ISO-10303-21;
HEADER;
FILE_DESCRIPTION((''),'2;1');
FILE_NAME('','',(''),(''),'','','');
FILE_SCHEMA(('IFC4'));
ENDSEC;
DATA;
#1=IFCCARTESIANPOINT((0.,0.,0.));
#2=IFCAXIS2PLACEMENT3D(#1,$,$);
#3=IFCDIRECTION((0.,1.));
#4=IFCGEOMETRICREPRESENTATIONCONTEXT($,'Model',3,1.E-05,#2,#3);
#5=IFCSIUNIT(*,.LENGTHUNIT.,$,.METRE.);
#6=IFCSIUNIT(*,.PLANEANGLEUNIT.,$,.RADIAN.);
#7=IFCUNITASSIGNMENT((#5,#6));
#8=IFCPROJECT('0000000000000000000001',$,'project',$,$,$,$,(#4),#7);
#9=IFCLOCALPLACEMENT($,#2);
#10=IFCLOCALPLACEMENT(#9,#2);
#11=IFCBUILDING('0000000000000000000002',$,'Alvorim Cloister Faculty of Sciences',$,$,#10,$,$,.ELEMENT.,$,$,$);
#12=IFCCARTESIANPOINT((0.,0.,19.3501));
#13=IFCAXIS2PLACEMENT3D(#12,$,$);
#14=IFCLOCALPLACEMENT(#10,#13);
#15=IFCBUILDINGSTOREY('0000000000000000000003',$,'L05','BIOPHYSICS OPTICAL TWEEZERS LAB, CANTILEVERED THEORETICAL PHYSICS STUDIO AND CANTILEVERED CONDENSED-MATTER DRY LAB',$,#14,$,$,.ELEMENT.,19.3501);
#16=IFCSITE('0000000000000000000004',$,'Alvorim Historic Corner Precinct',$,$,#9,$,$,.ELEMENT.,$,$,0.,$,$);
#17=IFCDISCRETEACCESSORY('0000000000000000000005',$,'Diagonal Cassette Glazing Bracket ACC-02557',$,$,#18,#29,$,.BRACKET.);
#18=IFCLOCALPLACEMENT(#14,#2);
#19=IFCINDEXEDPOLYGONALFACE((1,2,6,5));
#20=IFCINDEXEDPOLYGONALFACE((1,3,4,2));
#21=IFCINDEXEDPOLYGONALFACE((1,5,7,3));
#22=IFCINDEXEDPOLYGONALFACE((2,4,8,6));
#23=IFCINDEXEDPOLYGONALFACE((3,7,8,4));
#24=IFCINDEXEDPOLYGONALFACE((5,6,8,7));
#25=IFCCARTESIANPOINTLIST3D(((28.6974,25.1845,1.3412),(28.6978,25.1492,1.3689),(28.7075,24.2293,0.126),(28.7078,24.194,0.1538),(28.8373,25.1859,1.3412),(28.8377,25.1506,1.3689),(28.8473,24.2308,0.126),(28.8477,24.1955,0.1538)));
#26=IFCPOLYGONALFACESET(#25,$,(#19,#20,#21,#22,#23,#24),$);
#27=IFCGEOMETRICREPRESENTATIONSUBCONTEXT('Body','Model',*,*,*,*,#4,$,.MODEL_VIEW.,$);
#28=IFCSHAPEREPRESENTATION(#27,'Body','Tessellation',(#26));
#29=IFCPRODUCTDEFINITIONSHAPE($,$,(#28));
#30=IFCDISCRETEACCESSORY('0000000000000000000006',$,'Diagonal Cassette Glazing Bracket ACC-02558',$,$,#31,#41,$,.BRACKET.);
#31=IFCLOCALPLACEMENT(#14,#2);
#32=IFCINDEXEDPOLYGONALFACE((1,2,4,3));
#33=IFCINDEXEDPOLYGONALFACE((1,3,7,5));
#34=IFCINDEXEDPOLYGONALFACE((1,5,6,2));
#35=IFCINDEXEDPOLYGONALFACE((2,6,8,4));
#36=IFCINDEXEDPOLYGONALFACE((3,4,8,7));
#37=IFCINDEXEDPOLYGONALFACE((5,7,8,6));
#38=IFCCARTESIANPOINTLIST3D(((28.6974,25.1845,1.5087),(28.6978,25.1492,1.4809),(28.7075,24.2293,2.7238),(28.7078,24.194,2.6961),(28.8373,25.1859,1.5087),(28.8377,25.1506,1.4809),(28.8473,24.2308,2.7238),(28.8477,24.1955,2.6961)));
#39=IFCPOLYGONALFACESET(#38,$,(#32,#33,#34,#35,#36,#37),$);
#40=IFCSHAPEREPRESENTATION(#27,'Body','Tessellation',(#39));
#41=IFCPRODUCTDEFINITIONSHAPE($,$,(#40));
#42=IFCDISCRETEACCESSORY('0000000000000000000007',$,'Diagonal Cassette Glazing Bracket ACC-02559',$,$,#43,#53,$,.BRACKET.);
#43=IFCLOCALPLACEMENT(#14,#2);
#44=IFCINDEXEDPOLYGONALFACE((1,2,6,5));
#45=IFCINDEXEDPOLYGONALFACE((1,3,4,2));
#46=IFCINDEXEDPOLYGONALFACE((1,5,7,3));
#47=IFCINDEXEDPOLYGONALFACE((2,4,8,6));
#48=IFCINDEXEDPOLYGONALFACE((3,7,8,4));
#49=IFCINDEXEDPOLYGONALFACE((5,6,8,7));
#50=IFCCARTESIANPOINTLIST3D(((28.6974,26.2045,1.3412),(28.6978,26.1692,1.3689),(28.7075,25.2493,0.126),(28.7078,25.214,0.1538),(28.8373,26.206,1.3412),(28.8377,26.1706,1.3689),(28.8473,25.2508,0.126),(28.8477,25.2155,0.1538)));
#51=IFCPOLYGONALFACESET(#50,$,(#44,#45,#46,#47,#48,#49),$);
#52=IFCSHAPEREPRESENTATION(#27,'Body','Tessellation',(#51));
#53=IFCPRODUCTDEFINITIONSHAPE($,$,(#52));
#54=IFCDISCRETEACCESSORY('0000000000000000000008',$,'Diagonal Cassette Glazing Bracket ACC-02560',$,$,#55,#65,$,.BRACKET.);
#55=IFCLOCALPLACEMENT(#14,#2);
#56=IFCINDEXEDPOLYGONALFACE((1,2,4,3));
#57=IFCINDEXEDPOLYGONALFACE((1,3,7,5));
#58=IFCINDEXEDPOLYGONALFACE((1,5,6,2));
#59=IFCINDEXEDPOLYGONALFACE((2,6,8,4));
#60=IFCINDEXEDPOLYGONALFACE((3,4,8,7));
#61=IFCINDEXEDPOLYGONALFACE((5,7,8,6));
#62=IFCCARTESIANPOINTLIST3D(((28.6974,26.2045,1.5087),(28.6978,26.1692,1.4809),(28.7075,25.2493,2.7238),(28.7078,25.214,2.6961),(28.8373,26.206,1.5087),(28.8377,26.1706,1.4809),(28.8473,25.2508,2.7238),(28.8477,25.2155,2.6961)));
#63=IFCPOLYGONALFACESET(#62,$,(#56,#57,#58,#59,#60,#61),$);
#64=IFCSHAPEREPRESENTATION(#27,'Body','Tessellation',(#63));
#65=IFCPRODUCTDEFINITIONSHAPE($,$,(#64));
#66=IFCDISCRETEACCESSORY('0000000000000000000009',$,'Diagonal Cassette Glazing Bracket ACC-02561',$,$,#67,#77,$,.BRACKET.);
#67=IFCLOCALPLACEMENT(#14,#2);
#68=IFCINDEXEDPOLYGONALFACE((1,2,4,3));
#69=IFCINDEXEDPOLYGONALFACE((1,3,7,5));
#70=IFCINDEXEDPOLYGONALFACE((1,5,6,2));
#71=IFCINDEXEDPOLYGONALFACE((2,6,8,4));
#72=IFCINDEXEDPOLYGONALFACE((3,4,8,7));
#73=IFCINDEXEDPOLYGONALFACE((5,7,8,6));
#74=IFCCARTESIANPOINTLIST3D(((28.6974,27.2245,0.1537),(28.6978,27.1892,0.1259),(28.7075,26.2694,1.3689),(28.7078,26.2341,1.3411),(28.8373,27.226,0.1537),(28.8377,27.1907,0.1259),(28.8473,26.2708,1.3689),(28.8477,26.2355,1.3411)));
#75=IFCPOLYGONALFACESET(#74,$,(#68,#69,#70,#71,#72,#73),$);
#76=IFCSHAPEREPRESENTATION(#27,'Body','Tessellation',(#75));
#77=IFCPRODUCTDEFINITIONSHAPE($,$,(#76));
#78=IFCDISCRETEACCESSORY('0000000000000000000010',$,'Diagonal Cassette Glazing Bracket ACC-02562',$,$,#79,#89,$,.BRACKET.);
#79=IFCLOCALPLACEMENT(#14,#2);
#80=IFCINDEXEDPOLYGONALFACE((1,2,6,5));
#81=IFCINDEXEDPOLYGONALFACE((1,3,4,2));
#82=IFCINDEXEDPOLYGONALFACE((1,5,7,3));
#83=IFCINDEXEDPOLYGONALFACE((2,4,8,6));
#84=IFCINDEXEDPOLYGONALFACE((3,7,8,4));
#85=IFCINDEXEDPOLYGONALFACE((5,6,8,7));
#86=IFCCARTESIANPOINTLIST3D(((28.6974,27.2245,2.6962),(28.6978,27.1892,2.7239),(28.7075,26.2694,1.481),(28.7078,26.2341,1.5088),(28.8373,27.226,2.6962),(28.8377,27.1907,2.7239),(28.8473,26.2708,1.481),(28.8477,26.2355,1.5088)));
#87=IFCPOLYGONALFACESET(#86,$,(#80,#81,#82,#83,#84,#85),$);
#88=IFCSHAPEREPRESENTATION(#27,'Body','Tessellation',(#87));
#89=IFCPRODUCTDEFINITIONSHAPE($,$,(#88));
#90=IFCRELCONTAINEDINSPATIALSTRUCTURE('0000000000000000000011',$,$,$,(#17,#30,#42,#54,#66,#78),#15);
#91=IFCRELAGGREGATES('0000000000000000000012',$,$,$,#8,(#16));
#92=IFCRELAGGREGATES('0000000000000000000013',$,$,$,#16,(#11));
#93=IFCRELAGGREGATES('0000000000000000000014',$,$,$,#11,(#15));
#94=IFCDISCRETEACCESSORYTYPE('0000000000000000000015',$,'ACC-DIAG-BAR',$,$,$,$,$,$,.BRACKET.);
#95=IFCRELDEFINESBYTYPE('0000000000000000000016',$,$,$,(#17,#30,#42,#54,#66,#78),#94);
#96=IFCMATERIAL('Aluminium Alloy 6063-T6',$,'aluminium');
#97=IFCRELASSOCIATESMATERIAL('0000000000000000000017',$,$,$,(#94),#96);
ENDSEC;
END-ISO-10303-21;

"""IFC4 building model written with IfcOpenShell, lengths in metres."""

from ifc_helpers import new_model, si_unit, direction, frame, origin, origin_2d, place, context, subcontext, project, spatial, rectangle, extrude, material, type_object, element, save


model = new_model("IFC4")

# Units and contexts
model_context = context("Model", 3, precision=1e-05, world=origin(), true_north=direction((0.0, 1.0)))
body_context = subcontext(model_context, "Body", "Model", "MODEL_VIEW")
ifc_project = project(units=[si_unit("LENGTHUNIT", "METRE"), si_unit("PLANEANGLEUNIT", "RADIAN")], contexts=[model_context])

# Site, building, storey
site_placement = place(None, origin())
site = spatial("IfcSite", under=ifc_project, at=site_placement, Name="Alvorim Historic Corner Precinct", CompositionType="ELEMENT", RefElevation=0.0)
building_placement = place(site_placement, origin())
building = spatial("IfcBuilding", under=site, at=building_placement, Name="Alvorim Cloister Faculty of Sciences", CompositionType="ELEMENT")
storey_placement = place(building_placement, frame((0.0, 0.0, 19.3501)))
storey = spatial("IfcBuildingStorey", under=building, at=storey_placement, Name="L05", Description="BIOPHYSICS OPTICAL TWEEZERS LAB, CANTILEVERED THEORETICAL PHYSICS STUDIO AND CANTILEVERED CONDENSED-MATTER DRY LAB", CompositionType="ELEMENT", Elevation=19.3501)

# Shared definitions
ifc_material_1 = material(Name="Aluminium Alloy 6063-T6", Category="aluminium")

# Discrete accessories
discrete_accessory_type = type_object("IfcDiscreteAccessoryType", Name="ACC-DIAG-BAR", PredefinedType="BRACKET", material=ifc_material_1)
for number, where, z_axis, x_axis, name in (
    (1, (28.7776, 24.2124, 0.1399), (-0.006477, 0.617955, 0.786187), (-0.999945, -0.01048, 0.0), "Diagonal Cassette Glazing Bracket ACC-02557"),
    (2, (28.7776, 24.2124, 2.71), (-0.006477, 0.617955, -0.786187), (-0.999945, -0.01048, 0.0), "Diagonal Cassette Glazing Bracket ACC-02558"),
    (3, (28.7776, 25.2324, 0.1399), (-0.006477, 0.617955, 0.786187), (-0.999945, -0.01048, 0.0), "Diagonal Cassette Glazing Bracket ACC-02559"),
    (4, (28.7776, 25.2324, 2.71), (-0.006477, 0.617955, -0.786187), (-0.999945, -0.01048, 0.0), "Diagonal Cassette Glazing Bracket ACC-02560"),
    (5, (28.7776, 26.2524, 1.355), (-0.006477, 0.617955, -0.786187), (-0.999945, -0.01048, 0.0), "Diagonal Cassette Glazing Bracket ACC-02561"),
    (6, (28.7776, 26.2524, 1.4949), (-0.006477, 0.617955, 0.786187), (-0.999945, -0.01048, 0.0), "Diagonal Cassette Glazing Bracket ACC-02562"),
):
    element("IfcDiscreteAccessory", number, at=place(storey_placement, frame(where, z_axis=z_axis, x_axis=x_axis)), inside=storey, type_object=discrete_accessory_type, Name=name, PredefinedType="BRACKET", context=body_context, shape_type="SweptSolid", body=[
        extrude(rectangle(XDim=0.1399, YDim=0.0449, at=origin_2d()), origin(), (0.0, 0.0, 1.0), 1.5457),
    ])

save(model, "model.ifc")
